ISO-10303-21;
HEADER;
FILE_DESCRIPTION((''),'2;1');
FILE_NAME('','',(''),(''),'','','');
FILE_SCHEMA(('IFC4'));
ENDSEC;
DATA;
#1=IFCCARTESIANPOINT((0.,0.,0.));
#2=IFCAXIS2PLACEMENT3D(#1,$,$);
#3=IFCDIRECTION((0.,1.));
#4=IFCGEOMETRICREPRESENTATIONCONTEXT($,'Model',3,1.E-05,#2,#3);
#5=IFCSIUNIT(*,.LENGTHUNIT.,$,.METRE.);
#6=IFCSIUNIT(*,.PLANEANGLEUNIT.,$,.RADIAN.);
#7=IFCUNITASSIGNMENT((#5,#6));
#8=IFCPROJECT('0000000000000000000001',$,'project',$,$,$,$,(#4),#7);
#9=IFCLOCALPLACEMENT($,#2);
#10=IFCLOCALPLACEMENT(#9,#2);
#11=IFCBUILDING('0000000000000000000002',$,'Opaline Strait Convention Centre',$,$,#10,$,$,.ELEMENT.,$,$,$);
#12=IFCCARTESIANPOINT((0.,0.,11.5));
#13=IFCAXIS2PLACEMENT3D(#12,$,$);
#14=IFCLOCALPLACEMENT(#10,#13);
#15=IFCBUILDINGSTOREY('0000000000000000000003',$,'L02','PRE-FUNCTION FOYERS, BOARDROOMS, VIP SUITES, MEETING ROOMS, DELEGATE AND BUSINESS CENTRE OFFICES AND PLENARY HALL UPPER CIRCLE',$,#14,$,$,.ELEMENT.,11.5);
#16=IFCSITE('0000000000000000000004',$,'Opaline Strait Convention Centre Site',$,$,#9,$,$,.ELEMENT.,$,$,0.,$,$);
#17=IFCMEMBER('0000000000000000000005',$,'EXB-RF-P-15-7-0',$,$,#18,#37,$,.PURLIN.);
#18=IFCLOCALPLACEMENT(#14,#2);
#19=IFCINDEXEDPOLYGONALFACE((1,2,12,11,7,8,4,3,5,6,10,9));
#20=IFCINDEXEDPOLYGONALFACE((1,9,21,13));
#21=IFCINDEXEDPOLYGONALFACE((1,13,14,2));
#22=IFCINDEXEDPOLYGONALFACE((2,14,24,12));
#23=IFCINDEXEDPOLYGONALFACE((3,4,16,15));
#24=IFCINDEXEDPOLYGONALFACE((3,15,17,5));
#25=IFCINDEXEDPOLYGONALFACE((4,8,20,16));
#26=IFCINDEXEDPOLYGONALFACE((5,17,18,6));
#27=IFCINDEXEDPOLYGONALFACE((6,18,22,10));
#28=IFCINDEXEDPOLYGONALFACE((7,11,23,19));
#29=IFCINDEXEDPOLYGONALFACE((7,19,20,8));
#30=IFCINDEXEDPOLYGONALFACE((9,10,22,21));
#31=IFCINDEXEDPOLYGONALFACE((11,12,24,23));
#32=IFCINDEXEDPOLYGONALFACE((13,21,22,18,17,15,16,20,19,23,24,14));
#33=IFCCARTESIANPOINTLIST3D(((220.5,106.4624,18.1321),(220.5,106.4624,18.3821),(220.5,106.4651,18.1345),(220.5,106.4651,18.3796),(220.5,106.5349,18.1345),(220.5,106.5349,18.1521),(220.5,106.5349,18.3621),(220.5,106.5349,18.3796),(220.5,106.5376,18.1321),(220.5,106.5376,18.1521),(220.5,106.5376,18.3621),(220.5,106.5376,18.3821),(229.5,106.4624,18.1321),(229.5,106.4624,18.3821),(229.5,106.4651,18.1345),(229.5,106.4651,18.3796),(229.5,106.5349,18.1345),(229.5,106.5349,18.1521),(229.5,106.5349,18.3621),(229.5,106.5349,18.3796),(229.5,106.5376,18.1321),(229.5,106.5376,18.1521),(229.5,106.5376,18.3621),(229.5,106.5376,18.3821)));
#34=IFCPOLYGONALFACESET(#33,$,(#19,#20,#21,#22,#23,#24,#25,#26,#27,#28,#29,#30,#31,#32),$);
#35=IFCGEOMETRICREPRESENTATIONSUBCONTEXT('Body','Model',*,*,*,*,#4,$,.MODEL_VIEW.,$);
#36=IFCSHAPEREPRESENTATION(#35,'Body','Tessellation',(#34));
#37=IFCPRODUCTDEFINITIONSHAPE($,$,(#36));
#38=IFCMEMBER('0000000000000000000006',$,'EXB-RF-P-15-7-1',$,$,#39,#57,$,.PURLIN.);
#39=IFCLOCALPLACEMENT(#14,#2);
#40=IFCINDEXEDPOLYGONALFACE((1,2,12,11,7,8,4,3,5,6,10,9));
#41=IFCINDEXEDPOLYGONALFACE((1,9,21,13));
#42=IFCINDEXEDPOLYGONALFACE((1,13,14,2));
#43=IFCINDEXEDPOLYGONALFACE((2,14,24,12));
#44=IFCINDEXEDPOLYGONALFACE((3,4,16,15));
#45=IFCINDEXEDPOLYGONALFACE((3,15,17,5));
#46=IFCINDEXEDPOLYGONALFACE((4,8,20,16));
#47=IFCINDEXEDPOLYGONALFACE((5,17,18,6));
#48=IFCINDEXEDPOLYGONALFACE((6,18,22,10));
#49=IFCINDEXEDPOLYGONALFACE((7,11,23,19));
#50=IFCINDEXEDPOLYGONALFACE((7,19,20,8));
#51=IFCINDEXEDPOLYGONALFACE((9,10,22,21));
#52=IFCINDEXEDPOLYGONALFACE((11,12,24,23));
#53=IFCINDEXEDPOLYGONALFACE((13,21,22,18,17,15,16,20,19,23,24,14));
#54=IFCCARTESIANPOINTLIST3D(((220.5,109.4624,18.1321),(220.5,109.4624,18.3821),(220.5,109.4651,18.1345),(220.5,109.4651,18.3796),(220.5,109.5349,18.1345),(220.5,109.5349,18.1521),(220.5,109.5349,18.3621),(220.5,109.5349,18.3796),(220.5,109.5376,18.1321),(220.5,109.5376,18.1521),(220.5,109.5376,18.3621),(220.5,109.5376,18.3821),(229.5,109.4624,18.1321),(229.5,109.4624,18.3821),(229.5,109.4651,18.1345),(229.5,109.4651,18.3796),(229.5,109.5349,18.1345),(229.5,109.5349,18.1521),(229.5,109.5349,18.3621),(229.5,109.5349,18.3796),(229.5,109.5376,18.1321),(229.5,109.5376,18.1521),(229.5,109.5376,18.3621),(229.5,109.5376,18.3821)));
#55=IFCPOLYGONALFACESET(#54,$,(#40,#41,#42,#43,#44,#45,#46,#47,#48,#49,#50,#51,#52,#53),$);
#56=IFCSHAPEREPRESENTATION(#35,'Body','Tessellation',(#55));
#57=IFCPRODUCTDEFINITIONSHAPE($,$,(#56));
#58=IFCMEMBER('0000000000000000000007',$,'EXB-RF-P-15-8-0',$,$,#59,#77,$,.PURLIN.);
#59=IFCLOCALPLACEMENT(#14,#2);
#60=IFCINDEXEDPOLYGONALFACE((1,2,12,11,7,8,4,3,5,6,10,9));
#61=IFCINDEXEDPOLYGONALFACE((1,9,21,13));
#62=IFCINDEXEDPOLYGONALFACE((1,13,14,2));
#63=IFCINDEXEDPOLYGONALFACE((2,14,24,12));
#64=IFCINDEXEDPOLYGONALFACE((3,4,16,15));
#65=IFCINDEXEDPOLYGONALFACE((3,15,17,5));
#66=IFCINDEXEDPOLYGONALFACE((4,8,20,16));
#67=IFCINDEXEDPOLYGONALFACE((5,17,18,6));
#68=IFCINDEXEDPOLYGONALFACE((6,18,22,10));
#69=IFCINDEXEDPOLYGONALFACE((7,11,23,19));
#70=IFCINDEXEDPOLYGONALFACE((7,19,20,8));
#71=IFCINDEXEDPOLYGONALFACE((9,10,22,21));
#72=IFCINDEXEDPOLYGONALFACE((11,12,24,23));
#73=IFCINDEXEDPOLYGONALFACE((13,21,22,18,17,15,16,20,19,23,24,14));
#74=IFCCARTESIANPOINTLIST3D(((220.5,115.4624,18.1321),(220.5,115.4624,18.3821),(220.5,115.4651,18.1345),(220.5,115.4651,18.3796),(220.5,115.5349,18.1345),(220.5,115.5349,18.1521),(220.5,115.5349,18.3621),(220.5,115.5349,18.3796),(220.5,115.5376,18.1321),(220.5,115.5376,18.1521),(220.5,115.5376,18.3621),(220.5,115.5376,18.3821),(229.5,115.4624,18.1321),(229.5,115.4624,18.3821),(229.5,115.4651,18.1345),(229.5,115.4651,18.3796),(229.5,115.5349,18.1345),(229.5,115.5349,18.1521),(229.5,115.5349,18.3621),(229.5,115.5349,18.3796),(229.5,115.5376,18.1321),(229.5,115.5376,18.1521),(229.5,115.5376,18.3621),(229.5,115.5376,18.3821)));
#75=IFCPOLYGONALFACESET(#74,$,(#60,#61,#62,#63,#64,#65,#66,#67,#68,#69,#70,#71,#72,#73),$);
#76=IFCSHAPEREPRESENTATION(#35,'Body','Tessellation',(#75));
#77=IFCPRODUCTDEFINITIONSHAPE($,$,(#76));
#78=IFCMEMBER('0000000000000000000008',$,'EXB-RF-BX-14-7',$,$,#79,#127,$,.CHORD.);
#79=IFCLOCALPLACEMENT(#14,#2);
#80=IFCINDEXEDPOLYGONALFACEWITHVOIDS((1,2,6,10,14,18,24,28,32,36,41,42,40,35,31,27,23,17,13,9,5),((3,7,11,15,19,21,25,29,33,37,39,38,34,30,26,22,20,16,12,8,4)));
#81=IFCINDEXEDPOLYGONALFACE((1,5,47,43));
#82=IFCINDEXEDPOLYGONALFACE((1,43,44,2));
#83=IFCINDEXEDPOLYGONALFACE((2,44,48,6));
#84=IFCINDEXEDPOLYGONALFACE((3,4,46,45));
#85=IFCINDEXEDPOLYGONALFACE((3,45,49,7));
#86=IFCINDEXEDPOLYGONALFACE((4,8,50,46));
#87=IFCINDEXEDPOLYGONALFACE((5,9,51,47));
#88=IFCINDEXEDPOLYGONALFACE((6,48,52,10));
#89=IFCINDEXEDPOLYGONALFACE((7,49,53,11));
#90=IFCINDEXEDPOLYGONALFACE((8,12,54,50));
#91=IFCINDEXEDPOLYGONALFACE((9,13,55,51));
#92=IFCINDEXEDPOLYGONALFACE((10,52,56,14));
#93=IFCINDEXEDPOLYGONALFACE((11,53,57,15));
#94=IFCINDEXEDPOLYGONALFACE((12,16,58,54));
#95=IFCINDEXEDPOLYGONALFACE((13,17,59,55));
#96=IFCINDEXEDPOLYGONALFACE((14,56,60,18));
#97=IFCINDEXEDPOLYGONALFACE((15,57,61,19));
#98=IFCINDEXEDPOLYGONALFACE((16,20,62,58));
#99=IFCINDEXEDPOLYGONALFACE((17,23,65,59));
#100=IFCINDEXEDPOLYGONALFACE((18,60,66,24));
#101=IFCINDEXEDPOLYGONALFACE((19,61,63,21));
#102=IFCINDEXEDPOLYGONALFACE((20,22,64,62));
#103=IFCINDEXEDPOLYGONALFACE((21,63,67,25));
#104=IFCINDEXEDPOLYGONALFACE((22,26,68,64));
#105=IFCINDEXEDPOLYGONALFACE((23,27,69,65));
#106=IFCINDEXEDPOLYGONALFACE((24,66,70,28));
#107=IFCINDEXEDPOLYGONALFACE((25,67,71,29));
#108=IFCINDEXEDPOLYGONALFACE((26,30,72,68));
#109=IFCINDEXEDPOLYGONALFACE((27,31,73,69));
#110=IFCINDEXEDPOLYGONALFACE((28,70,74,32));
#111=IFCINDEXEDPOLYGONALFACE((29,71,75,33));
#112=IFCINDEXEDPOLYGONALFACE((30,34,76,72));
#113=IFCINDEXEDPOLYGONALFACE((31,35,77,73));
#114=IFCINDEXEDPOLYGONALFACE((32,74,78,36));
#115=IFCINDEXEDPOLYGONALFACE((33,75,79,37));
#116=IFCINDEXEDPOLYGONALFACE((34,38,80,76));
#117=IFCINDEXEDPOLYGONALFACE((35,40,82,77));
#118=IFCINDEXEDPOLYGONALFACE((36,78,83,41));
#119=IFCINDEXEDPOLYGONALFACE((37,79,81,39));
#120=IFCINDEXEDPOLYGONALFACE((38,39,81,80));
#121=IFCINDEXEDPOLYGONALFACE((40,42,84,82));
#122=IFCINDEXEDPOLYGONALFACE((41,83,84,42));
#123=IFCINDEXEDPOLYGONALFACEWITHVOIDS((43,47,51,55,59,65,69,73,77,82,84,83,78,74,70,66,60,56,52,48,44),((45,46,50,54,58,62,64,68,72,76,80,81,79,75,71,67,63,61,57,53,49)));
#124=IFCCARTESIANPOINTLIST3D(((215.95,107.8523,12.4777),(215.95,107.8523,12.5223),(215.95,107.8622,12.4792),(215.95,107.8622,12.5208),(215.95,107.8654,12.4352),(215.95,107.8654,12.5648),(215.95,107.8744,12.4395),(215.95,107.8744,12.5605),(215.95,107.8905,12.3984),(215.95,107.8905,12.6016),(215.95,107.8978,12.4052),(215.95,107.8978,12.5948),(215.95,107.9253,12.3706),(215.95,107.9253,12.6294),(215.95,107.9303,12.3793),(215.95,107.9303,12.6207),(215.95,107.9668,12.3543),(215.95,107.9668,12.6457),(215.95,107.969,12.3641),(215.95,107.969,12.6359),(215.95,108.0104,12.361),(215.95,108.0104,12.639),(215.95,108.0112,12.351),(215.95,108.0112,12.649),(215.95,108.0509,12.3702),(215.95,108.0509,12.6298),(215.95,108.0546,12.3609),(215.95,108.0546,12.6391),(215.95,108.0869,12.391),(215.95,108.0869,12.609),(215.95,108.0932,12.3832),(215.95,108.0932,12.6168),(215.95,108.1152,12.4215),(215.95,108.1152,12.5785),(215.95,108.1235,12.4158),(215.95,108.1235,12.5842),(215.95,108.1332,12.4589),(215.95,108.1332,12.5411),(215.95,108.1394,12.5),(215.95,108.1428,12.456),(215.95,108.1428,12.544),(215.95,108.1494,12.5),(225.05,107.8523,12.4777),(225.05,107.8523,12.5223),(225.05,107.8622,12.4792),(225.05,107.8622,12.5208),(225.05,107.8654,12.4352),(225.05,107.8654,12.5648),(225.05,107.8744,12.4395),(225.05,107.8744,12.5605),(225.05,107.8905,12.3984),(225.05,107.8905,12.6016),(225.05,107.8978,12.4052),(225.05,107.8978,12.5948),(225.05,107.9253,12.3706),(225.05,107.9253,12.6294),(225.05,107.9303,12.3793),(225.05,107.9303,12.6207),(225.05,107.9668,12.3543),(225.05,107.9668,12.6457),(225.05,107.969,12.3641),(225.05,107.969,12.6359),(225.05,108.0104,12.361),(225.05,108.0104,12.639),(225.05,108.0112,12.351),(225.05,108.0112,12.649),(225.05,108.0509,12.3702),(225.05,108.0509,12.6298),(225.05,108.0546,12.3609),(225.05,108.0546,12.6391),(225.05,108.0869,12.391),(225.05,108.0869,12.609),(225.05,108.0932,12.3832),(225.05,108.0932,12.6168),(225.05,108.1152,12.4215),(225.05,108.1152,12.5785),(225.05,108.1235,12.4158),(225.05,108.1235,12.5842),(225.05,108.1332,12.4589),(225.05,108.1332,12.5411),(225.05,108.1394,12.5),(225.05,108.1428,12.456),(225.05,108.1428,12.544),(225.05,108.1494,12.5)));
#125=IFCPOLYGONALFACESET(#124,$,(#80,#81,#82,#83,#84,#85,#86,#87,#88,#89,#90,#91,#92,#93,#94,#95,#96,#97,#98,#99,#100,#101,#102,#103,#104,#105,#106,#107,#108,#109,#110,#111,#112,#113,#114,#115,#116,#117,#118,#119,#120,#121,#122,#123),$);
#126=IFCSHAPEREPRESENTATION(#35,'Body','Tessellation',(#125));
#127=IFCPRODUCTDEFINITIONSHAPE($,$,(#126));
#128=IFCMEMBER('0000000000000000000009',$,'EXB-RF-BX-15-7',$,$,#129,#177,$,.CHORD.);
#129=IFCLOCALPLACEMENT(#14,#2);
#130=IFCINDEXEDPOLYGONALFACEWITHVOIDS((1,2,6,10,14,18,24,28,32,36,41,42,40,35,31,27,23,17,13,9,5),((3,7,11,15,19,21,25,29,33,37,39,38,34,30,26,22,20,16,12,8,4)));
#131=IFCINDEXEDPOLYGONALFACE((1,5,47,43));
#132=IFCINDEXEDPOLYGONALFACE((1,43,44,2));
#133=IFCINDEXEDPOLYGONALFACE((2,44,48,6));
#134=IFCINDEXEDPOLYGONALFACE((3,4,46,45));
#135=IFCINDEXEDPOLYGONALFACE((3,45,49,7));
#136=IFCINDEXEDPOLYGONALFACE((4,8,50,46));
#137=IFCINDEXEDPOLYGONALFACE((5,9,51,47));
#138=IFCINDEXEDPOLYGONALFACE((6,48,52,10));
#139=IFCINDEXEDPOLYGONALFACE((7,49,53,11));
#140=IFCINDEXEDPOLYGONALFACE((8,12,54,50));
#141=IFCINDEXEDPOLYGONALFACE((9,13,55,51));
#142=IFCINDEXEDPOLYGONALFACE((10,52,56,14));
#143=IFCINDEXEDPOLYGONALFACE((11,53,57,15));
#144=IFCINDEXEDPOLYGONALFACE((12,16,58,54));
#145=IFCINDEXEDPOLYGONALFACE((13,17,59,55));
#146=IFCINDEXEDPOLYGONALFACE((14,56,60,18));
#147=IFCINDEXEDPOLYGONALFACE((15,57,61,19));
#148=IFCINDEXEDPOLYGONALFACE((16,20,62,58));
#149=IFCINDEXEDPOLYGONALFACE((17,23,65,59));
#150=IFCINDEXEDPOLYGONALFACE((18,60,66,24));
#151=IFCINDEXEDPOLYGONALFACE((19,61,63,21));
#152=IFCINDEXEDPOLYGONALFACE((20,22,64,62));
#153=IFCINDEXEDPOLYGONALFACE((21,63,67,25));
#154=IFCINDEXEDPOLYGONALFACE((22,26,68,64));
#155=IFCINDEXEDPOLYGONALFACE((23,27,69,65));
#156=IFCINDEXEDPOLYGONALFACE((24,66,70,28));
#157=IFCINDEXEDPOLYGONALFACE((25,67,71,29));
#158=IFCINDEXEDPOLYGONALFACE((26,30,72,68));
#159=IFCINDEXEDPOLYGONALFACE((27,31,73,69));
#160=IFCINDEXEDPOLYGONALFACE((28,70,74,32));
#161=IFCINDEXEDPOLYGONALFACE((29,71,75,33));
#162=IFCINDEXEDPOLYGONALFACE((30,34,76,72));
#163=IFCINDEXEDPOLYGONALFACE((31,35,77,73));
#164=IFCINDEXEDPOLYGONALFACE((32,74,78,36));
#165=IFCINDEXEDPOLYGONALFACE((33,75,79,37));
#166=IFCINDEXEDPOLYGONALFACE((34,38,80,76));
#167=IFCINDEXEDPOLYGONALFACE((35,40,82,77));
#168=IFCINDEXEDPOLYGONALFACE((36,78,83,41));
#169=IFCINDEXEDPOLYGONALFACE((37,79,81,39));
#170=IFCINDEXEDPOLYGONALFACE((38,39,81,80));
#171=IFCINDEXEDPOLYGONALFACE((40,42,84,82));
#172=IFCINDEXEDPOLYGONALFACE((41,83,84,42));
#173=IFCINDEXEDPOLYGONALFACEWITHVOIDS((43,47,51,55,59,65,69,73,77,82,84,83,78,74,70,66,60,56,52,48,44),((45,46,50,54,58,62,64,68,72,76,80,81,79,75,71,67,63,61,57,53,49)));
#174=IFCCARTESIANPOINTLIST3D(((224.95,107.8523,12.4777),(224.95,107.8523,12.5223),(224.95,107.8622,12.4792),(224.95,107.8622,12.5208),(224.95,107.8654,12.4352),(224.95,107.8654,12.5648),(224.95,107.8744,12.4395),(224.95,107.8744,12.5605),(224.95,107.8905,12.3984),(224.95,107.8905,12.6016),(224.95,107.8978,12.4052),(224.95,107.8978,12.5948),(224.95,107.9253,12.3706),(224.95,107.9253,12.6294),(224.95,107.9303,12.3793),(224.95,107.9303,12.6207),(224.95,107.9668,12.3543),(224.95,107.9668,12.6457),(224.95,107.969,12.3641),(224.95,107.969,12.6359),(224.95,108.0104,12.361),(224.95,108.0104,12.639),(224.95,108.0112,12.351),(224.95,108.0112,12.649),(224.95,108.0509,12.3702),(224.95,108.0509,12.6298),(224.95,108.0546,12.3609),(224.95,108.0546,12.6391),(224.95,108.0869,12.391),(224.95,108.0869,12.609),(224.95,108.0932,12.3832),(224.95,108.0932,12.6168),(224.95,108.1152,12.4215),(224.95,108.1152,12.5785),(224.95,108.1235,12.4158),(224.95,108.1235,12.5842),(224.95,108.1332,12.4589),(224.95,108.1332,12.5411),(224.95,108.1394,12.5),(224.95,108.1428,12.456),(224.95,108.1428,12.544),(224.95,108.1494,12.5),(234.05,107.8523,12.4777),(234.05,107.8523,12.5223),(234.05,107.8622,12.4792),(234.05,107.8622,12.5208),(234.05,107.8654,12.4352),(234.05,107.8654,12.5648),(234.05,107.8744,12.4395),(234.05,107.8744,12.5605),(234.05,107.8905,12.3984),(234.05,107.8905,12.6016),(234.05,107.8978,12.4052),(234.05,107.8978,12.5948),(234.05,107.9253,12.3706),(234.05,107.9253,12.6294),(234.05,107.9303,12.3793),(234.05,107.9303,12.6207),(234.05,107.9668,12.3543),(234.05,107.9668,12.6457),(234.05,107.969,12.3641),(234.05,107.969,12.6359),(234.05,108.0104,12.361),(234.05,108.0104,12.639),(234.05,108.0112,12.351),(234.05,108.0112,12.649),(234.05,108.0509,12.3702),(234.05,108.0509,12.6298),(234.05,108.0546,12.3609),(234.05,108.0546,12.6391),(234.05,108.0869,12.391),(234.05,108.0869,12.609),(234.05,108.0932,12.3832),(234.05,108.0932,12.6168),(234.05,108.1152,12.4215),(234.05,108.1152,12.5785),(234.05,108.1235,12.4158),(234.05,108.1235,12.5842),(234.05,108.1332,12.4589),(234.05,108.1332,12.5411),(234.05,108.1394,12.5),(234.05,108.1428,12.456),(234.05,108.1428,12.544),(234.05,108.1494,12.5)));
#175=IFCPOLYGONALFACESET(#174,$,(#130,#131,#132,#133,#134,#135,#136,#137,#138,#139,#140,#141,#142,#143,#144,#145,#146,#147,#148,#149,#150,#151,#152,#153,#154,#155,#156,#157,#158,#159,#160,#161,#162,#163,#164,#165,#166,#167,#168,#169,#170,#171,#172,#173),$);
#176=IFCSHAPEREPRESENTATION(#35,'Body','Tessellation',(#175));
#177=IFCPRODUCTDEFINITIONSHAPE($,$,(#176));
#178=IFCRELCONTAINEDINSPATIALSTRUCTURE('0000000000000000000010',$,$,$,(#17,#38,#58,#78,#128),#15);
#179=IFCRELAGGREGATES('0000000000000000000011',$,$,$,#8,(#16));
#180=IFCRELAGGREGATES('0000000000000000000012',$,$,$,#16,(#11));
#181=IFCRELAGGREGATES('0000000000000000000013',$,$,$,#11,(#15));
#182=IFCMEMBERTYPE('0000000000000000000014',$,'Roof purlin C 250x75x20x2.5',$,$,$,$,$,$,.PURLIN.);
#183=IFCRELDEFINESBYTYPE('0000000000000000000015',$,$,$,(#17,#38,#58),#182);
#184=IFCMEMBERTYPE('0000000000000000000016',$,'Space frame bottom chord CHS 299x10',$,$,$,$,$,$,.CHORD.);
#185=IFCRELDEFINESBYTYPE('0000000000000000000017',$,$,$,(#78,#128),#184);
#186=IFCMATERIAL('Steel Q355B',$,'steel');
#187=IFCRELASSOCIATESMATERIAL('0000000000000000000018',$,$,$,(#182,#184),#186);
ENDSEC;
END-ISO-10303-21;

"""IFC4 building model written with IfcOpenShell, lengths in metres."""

from ifc_helpers import new_model, si_unit, direction, frame, origin, origin_2d, place, context, subcontext, project, spatial, polyline, hollow_circle, outline, extrude, material, material_profile, profile_set, type_object, element, save


model = new_model("IFC4")

# Units and contexts
model_context = context("Model", 3, precision=1e-05, world=origin(), true_north=direction((0.0, 1.0)))
body_context = subcontext(model_context, "Body", "Model", "MODEL_VIEW")
ifc_project = project(units=[si_unit("LENGTHUNIT", "METRE"), si_unit("PLANEANGLEUNIT", "RADIAN")], contexts=[model_context])

# Site, building, storey
site_placement = place(None, origin())
site = spatial("IfcSite", under=ifc_project, at=site_placement, Name="Opaline Strait Convention Centre Site", CompositionType="ELEMENT", RefElevation=0.0)
building_placement = place(site_placement, origin())
building = spatial("IfcBuilding", under=site, at=building_placement, Name="Opaline Strait Convention Centre", CompositionType="ELEMENT")
storey_placement = place(building_placement, frame((0.0, 0.0, 11.5)))
storey = spatial("IfcBuildingStorey", under=building, at=storey_placement, Name="L02", Description="PRE-FUNCTION FOYERS, BOARDROOMS, VIP SUITES, MEETING ROOMS, DELEGATE AND BUSINESS CENTRE OFFICES AND PLENARY HALL UPPER CIRCLE", CompositionType="ELEMENT", Elevation=11.5)

# Members
ifc_material = material(Name="Steel Q355B", Category="steel")
ifc_material_profile_1 = material_profile(ifc_material, outline(polyline([(-0.0376, -0.125), (0.0376, -0.125), (0.0376, -0.105), (0.0349, -0.105), (0.0349, -0.1226), (-0.0349, -0.1226), (-0.0349, 0.1226), (0.0349, 0.1226), (0.0349, 0.105), (0.0376, 0.105), (0.0376, 0.125), (-0.0376, 0.125), (-0.0376, -0.125)])), Name="C 250x75x20x2.5")
ifc_profile_set_1 = profile_set([ifc_material_profile_1], Name="Steel Q355B")
member_type_1 = type_object("IfcMemberType", Name="Roof purlin C 250x75x20x2.5", PredefinedType="PURLIN", material=ifc_profile_set_1)
for number, where, z_axis, x_axis, name in (
    (1, (220.5, 106.5, 18.2571), (1.0, 0.0, 0.0), (0.0, 1.0, 0.0), "EXB-RF-P-15-7-0"),
    (2, (220.5, 109.5, 18.2571), (1.0, 0.0, 0.0), (0.0, 1.0, 0.0), "EXB-RF-P-15-7-1"),
    (3, (220.5, 115.5, 18.2571), (1.0, 0.0, 0.0), (0.0, 1.0, 0.0), "EXB-RF-P-15-8-0"),
):
    element("IfcMember", number, at=place(storey_placement, frame(where, z_axis=z_axis, x_axis=x_axis)), inside=storey, type_object=member_type_1, Name=name, PredefinedType="PURLIN", context=body_context, shape_type="SweptSolid", body=[
        extrude(outline(polyline([(-0.0376, -0.125), (0.0376, -0.125), (0.0376, -0.105), (0.0349, -0.105), (0.0349, -0.1226), (-0.0349, -0.1226), (-0.0349, 0.1226), (0.0349, 0.1226), (0.0349, 0.105), (0.0376, 0.105), (0.0376, 0.125), (-0.0376, 0.125), (-0.0376, -0.125)])), origin(), (0.0, 0.0, 1.0), 9.0),
    ])
ifc_material_profile_2 = material_profile(ifc_material, hollow_circle(Radius=0.1494, WallThickness=0.01, at=origin_2d()), Name="CHS 299x10")
ifc_profile_set_2 = profile_set([ifc_material_profile_2], Name="Steel Q355B")
member_type_2 = type_object("IfcMemberType", Name="Space frame bottom chord CHS 299x10", PredefinedType="CHORD", material=ifc_profile_set_2)
for number, where, z_axis, x_axis, name in (
    (4, (215.95, 108.0, 12.5), (1.0, 0.0, 0.0), (0.0, 1.0, 0.0), "EXB-RF-BX-14-7"),
    (5, (224.95, 108.0, 12.5), (1.0, 0.0, 0.0), (0.0, 1.0, 0.0), "EXB-RF-BX-15-7"),
):
    element("IfcMember", number, at=place(storey_placement, frame(where, z_axis=z_axis, x_axis=x_axis)), inside=storey, type_object=member_type_2, Name=name, PredefinedType="CHORD", context=body_context, shape_type="SweptSolid", body=[
        extrude(hollow_circle(Radius=0.1494, WallThickness=0.01, at=origin_2d()), origin(), (0.0, 0.0, 1.0), 9.1001),
    ])

save(model, "model.ifc")
